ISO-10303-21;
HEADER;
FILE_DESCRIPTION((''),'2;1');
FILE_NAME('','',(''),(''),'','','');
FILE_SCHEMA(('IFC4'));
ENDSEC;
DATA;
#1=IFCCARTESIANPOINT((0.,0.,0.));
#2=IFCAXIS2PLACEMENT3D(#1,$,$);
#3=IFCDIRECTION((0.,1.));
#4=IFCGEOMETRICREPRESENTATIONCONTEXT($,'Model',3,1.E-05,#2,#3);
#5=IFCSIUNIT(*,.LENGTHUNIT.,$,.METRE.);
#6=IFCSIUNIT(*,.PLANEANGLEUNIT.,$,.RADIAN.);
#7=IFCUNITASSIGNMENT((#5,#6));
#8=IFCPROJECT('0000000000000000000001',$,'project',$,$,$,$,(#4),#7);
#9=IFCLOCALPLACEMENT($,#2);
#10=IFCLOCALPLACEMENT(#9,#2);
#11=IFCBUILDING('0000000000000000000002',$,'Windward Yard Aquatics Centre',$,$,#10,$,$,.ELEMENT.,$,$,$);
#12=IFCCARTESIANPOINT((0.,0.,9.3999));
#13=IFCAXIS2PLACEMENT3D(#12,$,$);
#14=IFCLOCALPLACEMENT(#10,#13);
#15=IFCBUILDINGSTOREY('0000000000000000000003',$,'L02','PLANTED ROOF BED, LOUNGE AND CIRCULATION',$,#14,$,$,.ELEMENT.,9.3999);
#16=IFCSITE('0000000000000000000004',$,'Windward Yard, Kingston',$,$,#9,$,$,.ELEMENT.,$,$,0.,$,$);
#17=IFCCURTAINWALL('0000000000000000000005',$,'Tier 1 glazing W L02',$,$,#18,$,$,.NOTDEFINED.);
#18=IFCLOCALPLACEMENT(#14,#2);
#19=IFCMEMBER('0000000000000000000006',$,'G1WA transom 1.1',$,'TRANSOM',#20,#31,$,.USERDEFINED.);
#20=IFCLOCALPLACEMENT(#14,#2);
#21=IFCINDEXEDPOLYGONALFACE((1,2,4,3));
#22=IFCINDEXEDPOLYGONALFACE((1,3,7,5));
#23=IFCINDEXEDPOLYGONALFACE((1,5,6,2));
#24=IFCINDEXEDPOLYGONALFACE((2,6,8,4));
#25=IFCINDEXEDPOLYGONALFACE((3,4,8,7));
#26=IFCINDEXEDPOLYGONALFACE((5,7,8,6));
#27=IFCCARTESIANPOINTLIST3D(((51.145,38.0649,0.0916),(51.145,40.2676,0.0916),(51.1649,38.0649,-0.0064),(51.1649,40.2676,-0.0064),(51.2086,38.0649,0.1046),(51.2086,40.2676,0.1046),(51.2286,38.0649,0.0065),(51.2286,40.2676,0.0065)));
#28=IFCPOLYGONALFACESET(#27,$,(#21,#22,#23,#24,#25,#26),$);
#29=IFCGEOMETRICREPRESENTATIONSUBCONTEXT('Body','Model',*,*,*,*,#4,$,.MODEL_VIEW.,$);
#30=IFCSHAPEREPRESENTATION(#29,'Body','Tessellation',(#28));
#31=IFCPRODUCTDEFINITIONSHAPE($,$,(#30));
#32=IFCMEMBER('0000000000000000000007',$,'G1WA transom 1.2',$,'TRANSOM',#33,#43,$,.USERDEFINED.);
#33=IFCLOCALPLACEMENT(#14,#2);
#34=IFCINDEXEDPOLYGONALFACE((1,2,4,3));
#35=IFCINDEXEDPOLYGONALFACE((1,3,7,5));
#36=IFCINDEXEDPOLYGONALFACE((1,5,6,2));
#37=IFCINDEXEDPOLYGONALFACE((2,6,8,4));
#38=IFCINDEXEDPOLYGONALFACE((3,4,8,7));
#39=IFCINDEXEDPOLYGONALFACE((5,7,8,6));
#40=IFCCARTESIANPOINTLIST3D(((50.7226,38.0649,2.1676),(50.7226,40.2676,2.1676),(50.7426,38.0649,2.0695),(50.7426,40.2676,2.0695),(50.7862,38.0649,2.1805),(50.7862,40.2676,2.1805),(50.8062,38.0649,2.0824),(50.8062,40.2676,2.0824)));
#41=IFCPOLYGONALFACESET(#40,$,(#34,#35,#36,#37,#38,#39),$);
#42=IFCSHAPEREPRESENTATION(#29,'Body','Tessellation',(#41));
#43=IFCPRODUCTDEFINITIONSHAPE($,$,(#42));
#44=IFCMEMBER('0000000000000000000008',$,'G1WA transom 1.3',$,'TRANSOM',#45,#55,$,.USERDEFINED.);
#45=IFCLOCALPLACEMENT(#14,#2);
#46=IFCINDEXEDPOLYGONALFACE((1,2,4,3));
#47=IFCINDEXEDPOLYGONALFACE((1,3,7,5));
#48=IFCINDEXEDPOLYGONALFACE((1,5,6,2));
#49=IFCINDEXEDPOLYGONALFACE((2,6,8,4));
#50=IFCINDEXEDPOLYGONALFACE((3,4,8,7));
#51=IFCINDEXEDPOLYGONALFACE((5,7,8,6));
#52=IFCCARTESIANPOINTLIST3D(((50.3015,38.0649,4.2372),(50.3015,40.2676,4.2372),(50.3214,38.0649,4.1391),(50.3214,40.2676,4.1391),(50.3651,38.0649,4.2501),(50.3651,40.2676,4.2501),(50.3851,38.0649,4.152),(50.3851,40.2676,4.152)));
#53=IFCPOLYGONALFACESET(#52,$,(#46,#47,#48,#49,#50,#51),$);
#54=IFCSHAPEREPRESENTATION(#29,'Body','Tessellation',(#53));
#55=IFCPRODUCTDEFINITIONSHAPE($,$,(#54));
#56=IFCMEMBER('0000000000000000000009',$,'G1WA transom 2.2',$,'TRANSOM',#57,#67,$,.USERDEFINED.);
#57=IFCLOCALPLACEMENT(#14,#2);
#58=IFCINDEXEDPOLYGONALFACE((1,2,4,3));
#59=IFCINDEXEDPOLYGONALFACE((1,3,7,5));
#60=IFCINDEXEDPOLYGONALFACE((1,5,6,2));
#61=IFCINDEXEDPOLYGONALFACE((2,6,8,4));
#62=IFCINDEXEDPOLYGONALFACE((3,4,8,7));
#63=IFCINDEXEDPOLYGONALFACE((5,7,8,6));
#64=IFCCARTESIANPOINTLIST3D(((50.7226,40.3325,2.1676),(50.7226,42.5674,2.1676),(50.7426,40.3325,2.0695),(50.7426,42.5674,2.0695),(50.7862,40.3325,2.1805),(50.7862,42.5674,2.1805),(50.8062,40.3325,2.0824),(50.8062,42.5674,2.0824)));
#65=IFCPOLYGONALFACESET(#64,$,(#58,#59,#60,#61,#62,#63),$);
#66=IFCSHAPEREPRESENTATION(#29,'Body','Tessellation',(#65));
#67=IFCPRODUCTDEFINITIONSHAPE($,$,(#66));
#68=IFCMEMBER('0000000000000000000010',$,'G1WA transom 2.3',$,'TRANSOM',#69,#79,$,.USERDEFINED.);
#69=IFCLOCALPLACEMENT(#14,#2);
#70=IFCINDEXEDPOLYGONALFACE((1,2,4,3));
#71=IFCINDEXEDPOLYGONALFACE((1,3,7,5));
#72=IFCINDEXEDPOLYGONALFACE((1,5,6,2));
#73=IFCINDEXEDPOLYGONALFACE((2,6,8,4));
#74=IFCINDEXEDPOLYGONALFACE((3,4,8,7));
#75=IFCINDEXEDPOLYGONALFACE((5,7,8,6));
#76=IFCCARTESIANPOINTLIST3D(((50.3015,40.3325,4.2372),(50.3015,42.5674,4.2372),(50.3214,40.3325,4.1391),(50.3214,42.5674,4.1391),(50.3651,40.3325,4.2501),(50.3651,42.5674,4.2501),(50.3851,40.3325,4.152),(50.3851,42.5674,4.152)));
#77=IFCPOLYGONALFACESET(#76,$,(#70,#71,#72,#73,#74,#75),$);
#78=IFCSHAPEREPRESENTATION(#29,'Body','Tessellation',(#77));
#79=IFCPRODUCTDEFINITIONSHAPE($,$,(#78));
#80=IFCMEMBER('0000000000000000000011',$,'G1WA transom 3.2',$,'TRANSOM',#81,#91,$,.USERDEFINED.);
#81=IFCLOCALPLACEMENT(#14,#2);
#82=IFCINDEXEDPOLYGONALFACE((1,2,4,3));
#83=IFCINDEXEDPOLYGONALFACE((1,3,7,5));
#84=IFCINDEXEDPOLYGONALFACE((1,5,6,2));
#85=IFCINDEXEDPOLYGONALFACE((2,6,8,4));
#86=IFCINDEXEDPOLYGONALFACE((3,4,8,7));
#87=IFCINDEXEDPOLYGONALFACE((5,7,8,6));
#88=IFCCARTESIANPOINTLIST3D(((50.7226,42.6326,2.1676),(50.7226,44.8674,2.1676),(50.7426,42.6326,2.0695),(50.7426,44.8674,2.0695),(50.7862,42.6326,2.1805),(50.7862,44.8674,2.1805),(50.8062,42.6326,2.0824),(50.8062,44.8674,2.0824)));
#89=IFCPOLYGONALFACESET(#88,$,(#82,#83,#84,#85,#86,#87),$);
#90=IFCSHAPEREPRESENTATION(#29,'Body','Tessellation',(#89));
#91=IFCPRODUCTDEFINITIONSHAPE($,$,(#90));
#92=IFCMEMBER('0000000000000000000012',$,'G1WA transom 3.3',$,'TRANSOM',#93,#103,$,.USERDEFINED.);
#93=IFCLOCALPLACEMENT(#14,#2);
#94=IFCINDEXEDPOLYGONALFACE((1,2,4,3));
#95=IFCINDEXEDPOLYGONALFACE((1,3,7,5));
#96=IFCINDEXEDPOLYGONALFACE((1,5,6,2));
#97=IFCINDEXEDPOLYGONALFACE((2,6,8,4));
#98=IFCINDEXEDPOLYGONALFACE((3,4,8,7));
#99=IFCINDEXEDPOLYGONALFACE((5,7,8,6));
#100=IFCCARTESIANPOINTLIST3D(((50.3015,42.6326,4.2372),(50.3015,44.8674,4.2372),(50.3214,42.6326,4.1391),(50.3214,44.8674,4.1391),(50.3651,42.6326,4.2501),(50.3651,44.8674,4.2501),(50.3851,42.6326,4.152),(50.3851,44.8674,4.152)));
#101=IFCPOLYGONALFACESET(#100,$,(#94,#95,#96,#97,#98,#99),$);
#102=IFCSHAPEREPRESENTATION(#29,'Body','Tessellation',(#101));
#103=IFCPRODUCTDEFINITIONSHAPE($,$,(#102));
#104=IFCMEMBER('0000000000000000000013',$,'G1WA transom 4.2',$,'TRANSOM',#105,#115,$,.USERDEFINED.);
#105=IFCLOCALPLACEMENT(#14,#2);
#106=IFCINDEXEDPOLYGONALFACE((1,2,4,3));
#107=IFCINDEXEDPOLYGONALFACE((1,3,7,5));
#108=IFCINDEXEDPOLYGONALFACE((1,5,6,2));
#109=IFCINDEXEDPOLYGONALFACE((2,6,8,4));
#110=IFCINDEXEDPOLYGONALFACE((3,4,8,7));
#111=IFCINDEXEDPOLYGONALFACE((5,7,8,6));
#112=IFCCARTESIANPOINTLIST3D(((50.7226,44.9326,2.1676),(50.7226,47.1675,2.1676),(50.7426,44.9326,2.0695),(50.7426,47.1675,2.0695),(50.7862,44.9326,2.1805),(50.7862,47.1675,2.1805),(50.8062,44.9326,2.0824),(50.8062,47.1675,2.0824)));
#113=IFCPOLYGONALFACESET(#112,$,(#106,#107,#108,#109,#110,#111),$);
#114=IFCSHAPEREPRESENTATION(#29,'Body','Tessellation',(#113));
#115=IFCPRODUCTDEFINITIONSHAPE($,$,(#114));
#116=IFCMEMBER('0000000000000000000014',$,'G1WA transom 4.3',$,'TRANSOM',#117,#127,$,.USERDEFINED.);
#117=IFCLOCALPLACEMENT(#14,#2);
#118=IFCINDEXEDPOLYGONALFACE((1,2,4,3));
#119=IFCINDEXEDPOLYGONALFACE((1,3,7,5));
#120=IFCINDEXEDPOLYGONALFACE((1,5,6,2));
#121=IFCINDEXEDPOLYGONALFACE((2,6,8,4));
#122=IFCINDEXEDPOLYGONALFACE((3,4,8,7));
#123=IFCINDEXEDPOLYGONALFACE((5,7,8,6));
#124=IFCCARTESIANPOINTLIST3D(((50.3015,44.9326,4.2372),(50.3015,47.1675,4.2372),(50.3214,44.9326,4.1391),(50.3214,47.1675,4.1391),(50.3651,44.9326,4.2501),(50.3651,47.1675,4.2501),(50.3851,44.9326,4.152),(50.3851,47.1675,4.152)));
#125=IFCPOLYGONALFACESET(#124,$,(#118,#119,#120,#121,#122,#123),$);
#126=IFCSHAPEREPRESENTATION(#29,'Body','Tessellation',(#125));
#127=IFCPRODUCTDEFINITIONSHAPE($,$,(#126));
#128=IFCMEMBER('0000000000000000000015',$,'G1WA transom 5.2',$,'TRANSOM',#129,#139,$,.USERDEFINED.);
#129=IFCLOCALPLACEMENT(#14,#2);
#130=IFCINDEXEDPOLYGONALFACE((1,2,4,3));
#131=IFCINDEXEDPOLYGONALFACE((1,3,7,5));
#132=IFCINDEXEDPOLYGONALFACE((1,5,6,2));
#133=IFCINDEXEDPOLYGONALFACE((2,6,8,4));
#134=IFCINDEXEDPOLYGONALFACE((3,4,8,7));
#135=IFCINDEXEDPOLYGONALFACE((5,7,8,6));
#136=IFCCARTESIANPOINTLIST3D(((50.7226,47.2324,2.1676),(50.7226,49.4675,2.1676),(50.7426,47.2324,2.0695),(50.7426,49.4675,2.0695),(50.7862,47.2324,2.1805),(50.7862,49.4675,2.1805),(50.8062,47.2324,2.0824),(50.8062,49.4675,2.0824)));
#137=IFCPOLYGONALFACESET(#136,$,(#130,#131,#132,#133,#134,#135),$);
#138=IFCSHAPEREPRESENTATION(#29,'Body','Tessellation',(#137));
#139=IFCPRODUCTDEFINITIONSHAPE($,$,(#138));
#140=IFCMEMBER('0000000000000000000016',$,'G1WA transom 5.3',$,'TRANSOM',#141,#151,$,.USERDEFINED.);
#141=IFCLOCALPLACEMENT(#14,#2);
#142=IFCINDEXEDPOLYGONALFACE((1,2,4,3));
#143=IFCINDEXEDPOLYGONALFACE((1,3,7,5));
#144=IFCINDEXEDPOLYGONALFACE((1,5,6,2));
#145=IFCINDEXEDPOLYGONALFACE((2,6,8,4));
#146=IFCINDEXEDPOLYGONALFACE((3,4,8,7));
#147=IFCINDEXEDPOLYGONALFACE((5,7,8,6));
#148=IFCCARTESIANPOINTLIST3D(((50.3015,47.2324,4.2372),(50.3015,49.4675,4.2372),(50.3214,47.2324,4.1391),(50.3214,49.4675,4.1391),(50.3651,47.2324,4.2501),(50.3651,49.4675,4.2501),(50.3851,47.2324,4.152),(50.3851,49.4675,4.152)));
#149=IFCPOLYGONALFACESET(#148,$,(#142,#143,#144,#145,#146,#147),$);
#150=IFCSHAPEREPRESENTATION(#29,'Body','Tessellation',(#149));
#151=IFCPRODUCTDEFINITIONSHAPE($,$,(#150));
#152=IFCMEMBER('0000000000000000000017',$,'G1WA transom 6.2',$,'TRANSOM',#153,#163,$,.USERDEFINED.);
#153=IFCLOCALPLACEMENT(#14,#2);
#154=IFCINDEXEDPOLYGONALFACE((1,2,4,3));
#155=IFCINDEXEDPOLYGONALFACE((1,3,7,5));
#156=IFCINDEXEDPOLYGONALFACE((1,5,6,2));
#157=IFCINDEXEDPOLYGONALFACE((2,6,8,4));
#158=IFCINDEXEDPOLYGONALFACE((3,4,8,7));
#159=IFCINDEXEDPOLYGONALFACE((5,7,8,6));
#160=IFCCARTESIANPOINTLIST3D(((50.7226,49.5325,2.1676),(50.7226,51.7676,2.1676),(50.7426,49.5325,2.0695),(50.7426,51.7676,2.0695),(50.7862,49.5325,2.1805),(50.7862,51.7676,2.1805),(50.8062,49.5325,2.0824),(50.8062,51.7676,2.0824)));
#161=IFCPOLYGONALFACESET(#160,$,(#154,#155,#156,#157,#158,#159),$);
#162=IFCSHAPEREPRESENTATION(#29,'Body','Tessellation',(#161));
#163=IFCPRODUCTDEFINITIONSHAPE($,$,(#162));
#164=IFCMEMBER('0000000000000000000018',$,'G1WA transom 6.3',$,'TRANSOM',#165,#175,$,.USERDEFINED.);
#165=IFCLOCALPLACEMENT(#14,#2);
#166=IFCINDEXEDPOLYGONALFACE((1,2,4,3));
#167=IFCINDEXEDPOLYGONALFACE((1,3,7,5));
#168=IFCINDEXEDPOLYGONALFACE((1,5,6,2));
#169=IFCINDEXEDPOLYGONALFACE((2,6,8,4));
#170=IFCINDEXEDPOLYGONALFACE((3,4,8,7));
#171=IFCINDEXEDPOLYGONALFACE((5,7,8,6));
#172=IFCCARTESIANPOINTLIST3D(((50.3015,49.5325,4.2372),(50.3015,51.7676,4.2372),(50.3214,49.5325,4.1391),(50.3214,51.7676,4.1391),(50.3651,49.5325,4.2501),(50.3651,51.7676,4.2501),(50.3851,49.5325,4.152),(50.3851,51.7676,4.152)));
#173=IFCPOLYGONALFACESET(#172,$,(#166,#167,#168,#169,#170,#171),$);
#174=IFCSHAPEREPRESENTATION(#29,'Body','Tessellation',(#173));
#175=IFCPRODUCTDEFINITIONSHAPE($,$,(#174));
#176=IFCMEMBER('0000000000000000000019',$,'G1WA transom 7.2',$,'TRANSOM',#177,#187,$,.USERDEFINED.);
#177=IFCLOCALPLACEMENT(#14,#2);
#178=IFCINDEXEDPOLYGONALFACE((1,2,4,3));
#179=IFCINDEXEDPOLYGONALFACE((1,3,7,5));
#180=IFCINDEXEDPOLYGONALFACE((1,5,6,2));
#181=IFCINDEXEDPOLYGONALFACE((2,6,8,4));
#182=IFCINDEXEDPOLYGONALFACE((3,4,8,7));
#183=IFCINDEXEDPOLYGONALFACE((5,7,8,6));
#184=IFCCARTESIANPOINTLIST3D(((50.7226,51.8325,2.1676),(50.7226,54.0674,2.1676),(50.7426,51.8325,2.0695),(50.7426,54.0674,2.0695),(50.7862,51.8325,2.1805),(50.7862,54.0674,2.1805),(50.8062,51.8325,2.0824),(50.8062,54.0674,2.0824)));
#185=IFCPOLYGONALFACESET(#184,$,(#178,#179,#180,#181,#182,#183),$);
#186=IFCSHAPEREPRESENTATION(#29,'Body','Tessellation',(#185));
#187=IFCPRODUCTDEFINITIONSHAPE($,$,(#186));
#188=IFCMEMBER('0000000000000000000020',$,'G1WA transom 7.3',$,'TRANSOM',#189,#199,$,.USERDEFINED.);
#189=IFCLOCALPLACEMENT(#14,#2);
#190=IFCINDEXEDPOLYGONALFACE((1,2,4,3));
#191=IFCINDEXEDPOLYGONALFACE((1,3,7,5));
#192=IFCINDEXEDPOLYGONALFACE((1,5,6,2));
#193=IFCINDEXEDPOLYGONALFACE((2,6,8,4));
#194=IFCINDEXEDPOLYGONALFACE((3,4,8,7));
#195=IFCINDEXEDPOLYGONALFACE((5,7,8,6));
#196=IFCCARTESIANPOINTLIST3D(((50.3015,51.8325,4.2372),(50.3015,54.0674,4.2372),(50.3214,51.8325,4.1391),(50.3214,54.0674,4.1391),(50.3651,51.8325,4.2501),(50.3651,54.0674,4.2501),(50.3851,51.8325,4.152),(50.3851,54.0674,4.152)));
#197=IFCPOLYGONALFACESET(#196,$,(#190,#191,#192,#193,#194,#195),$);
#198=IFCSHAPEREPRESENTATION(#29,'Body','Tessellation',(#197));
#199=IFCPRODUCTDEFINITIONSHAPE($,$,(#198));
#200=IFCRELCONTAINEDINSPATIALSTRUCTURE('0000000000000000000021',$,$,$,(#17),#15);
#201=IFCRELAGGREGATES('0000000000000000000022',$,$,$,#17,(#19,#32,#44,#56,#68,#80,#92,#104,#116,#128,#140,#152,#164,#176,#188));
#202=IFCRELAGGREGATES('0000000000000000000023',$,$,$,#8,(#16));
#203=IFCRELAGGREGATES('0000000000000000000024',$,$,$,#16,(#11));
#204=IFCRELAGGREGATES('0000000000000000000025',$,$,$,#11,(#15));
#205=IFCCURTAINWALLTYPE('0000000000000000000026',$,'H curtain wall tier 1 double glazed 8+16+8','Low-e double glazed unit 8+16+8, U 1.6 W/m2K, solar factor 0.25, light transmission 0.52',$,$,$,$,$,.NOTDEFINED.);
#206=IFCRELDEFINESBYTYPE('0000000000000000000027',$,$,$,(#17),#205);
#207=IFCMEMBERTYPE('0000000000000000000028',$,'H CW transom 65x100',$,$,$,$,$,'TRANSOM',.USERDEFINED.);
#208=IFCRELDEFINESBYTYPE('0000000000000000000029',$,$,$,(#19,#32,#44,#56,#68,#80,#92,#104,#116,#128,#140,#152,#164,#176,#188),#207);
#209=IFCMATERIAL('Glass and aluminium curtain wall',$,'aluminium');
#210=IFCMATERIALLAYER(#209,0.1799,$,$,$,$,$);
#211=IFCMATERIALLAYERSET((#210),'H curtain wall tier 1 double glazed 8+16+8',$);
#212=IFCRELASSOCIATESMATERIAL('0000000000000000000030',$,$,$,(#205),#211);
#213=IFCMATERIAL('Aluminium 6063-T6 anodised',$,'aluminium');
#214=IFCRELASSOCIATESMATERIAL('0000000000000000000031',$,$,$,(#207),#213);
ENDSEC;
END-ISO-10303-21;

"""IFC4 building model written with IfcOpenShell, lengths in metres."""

from ifc_helpers import new_model, si_unit, direction, frame, origin, origin_2d, place, context, subcontext, project, spatial, rectangle, extrude, material, layer, layer_set, material_profile, profile_set, type_object, element, aggregate, save


model = new_model("IFC4")

# Units and contexts
model_context = context("Model", 3, precision=1e-05, world=origin(), true_north=direction((0.0, 1.0)))
body_context = subcontext(model_context, "Body", "Model", "MODEL_VIEW")
ifc_project = project(units=[si_unit("LENGTHUNIT", "METRE"), si_unit("PLANEANGLEUNIT", "RADIAN")], contexts=[model_context])

# Site, building, storey
site_placement = place(None, origin())
site = spatial("IfcSite", under=ifc_project, at=site_placement, Name="Windward Yard, Kingston", CompositionType="ELEMENT", RefElevation=0.0)
building_placement = place(site_placement, origin())
building = spatial("IfcBuilding", under=site, at=building_placement, Name="Windward Yard Aquatics Centre", CompositionType="ELEMENT")
storey_placement = place(building_placement, frame((0.0, 0.0, 9.3999)))
storey = spatial("IfcBuildingStorey", under=building, at=storey_placement, Name="L02", Description="PLANTED ROOF BED, LOUNGE AND CIRCULATION", CompositionType="ELEMENT", Elevation=9.3999)

# Curtain wall, members
ifc_material_1 = material(Name="Glass and aluminium curtain wall", Category="aluminium")
ifc_layer_1 = layer(ifc_material_1, 0.1799)
ifc_layer_set_1 = layer_set([ifc_layer_1], Name="H curtain wall tier 1 double glazed 8+16+8")
curtain_wall_type = type_object("IfcCurtainWallType", Name="H curtain wall tier 1 double glazed 8+16+8", Description="Low-e double glazed unit 8+16+8, U 1.6 W/m2K, solar factor 0.25, light transmission 0.52", PredefinedType="NOTDEFINED", material=ifc_layer_set_1)
curtain_wall_placement = place(storey_placement, origin())
curtain_wall = element("IfcCurtainWall", 1, at=curtain_wall_placement, inside=storey, type_object=curtain_wall_type, Name="Tier 1 glazing W L02", PredefinedType="NOTDEFINED")
ifc_material_2 = material(Name="Aluminium 6063-T6 anodised", Category="aluminium")
ifc_material_profile = material_profile(ifc_material_2, rectangle(XDim=0.0649, YDim=0.1001, at=origin_2d()), Name="H CW transom 65x100")
ifc_profile_set = profile_set([ifc_material_profile], Name="Aluminium 6063-T6 anodised")
member_type = type_object("IfcMemberType", Name="H CW transom 65x100", ElementType="TRANSOM", PredefinedType="USERDEFINED", material=ifc_profile_set)
member_1_placement = place(storey_placement, frame((51.1868, 38.0649, 0.0491), z_axis=(0.0, 1.0, 0.0), x_axis=(0.979925, 0.0, 0.199368)))
member_1 = element("IfcMember", 2, at=member_1_placement, type_object=member_type, Name="G1WA transom 1.1", ObjectType="TRANSOM", PredefinedType="USERDEFINED", context=body_context, shape_type="SweptSolid", body=[
    extrude(rectangle(XDim=0.0649, YDim=0.1001, at=origin_2d()), origin(), (0.0, 0.0, 1.0), 2.2026),
])
member_2_placement = place(storey_placement, frame((50.7644, 38.0649, 2.125), z_axis=(0.0, 1.0, 0.0), x_axis=(0.979925, 0.0, 0.199368)))
member_2 = element("IfcMember", 3, at=member_2_placement, type_object=member_type, Name="G1WA transom 1.2", ObjectType="TRANSOM", PredefinedType="USERDEFINED", context=body_context, shape_type="SweptSolid", body=[
    extrude(rectangle(XDim=0.0649, YDim=0.1001, at=origin_2d()), origin(), (0.0, 0.0, 1.0), 2.2026),
])
member_3_placement = place(storey_placement, frame((50.3433, 38.0649, 4.1946), z_axis=(0.0, 1.0, 0.0), x_axis=(0.979925, 0.0, 0.199368)))
member_3 = element("IfcMember", 4, at=member_3_placement, type_object=member_type, Name="G1WA transom 1.3", ObjectType="TRANSOM", PredefinedType="USERDEFINED", context=body_context, shape_type="SweptSolid", body=[
    extrude(rectangle(XDim=0.0649, YDim=0.1001, at=origin_2d()), origin(), (0.0, 0.0, 1.0), 2.2026),
])
member_4_placement = place(storey_placement, frame((50.7644, 40.3325, 2.125), z_axis=(0.0, 1.0, 0.0), x_axis=(0.979925, 0.0, 0.199368)))
member_4 = element("IfcMember", 5, at=member_4_placement, type_object=member_type, Name="G1WA transom 2.2", ObjectType="TRANSOM", PredefinedType="USERDEFINED", context=body_context, shape_type="SweptSolid", body=[
    extrude(rectangle(XDim=0.0649, YDim=0.1001, at=origin_2d()), origin(), (0.0, 0.0, 1.0), 2.2349),
])
member_5_placement = place(storey_placement, frame((50.3433, 40.3325, 4.1946), z_axis=(0.0, 1.0, 0.0), x_axis=(0.979925, 0.0, 0.199368)))
member_5 = element("IfcMember", 6, at=member_5_placement, type_object=member_type, Name="G1WA transom 2.3", ObjectType="TRANSOM", PredefinedType="USERDEFINED", context=body_context, shape_type="SweptSolid", body=[
    extrude(rectangle(XDim=0.0649, YDim=0.1001, at=origin_2d()), origin(), (0.0, 0.0, 1.0), 2.2349),
])
member_6_placement = place(storey_placement, frame((50.7644, 42.6326, 2.125), z_axis=(0.0, 1.0, 0.0), x_axis=(0.979925, 0.0, 0.199368)))
member_6 = element("IfcMember", 7, at=member_6_placement, type_object=member_type, Name="G1WA transom 3.2", ObjectType="TRANSOM", PredefinedType="USERDEFINED", context=body_context, shape_type="SweptSolid", body=[
    extrude(rectangle(XDim=0.0649, YDim=0.1001, at=origin_2d()), origin(), (0.0, 0.0, 1.0), 2.2349),
])
member_7_placement = place(storey_placement, frame((50.3433, 42.6326, 4.1946), z_axis=(0.0, 1.0, 0.0), x_axis=(0.979925, 0.0, 0.199368)))
member_7 = element("IfcMember", 8, at=member_7_placement, type_object=member_type, Name="G1WA transom 3.3", ObjectType="TRANSOM", PredefinedType="USERDEFINED", context=body_context, shape_type="SweptSolid", body=[
    extrude(rectangle(XDim=0.0649, YDim=0.1001, at=origin_2d()), origin(), (0.0, 0.0, 1.0), 2.2349),
])
member_8_placement = place(storey_placement, frame((50.7644, 44.9326, 2.125), z_axis=(0.0, 1.0, 0.0), x_axis=(0.979925, 0.0, 0.199368)))
member_8 = element("IfcMember", 9, at=member_8_placement, type_object=member_type, Name="G1WA transom 4.2", ObjectType="TRANSOM", PredefinedType="USERDEFINED", context=body_context, shape_type="SweptSolid", body=[
    extrude(rectangle(XDim=0.0649, YDim=0.1001, at=origin_2d()), origin(), (0.0, 0.0, 1.0), 2.2349),
])
member_9_placement = place(storey_placement, frame((50.3433, 44.9326, 4.1946), z_axis=(0.0, 1.0, 0.0), x_axis=(0.979925, 0.0, 0.199368)))
member_9 = element("IfcMember", 10, at=member_9_placement, type_object=member_type, Name="G1WA transom 4.3", ObjectType="TRANSOM", PredefinedType="USERDEFINED", context=body_context, shape_type="SweptSolid", body=[
    extrude(rectangle(XDim=0.0649, YDim=0.1001, at=origin_2d()), origin(), (0.0, 0.0, 1.0), 2.2349),
])
member_10_placement = place(storey_placement, frame((50.7644, 47.2324, 2.125), z_axis=(0.0, 1.0, 0.0), x_axis=(0.979925, 0.0, 0.199368)))
member_10 = element("IfcMember", 11, at=member_10_placement, type_object=member_type, Name="G1WA transom 5.2", ObjectType="TRANSOM", PredefinedType="USERDEFINED", context=body_context, shape_type="SweptSolid", body=[
    extrude(rectangle(XDim=0.0649, YDim=0.1001, at=origin_2d()), origin(), (0.0, 0.0, 1.0), 2.2351),
])
member_11_placement = place(storey_placement, frame((50.3433, 47.2324, 4.1946), z_axis=(0.0, 1.0, 0.0), x_axis=(0.979925, 0.0, 0.199368)))
member_11 = element("IfcMember", 12, at=member_11_placement, type_object=member_type, Name="G1WA transom 5.3", ObjectType="TRANSOM", PredefinedType="USERDEFINED", context=body_context, shape_type="SweptSolid", body=[
    extrude(rectangle(XDim=0.0649, YDim=0.1001, at=origin_2d()), origin(), (0.0, 0.0, 1.0), 2.2351),
])
member_12_placement = place(storey_placement, frame((50.7644, 49.5325, 2.125), z_axis=(0.0, 1.0, 0.0), x_axis=(0.979925, 0.0, 0.199368)))
member_12 = element("IfcMember", 13, at=member_12_placement, type_object=member_type, Name="G1WA transom 6.2", ObjectType="TRANSOM", PredefinedType="USERDEFINED", context=body_context, shape_type="SweptSolid", body=[
    extrude(rectangle(XDim=0.0649, YDim=0.1001, at=origin_2d()), origin(), (0.0, 0.0, 1.0), 2.2351),
])
member_13_placement = place(storey_placement, frame((50.3433, 49.5325, 4.1946), z_axis=(0.0, 1.0, 0.0), x_axis=(0.979925, 0.0, 0.199368)))
member_13 = element("IfcMember", 14, at=member_13_placement, type_object=member_type, Name="G1WA transom 6.3", ObjectType="TRANSOM", PredefinedType="USERDEFINED", context=body_context, shape_type="SweptSolid", body=[
    extrude(rectangle(XDim=0.0649, YDim=0.1001, at=origin_2d()), origin(), (0.0, 0.0, 1.0), 2.2351),
])
member_14_placement = place(storey_placement, frame((50.7644, 51.8325, 2.125), z_axis=(0.0, 1.0, 0.0), x_axis=(0.979925, 0.0, 0.199368)))
member_14 = element("IfcMember", 15, at=member_14_placement, type_object=member_type, Name="G1WA transom 7.2", ObjectType="TRANSOM", PredefinedType="USERDEFINED", context=body_context, shape_type="SweptSolid", body=[
    extrude(rectangle(XDim=0.0649, YDim=0.1001, at=origin_2d()), origin(), (0.0, 0.0, 1.0), 2.2349),
])
member_15_placement = place(storey_placement, frame((50.3433, 51.8325, 4.1946), z_axis=(0.0, 1.0, 0.0), x_axis=(0.979925, 0.0, 0.199368)))
member_15 = element("IfcMember", 16, at=member_15_placement, type_object=member_type, Name="G1WA transom 7.3", ObjectType="TRANSOM", PredefinedType="USERDEFINED", context=body_context, shape_type="SweptSolid", body=[
    extrude(rectangle(XDim=0.0649, YDim=0.1001, at=origin_2d()), origin(), (0.0, 0.0, 1.0), 2.2349),
])
aggregate(curtain_wall, [member_1, member_2, member_3, member_4, member_5, member_6, member_7, member_8, member_9, member_10, member_11, member_12, member_13, member_14, member_15])

save(model, "model.ifc")
